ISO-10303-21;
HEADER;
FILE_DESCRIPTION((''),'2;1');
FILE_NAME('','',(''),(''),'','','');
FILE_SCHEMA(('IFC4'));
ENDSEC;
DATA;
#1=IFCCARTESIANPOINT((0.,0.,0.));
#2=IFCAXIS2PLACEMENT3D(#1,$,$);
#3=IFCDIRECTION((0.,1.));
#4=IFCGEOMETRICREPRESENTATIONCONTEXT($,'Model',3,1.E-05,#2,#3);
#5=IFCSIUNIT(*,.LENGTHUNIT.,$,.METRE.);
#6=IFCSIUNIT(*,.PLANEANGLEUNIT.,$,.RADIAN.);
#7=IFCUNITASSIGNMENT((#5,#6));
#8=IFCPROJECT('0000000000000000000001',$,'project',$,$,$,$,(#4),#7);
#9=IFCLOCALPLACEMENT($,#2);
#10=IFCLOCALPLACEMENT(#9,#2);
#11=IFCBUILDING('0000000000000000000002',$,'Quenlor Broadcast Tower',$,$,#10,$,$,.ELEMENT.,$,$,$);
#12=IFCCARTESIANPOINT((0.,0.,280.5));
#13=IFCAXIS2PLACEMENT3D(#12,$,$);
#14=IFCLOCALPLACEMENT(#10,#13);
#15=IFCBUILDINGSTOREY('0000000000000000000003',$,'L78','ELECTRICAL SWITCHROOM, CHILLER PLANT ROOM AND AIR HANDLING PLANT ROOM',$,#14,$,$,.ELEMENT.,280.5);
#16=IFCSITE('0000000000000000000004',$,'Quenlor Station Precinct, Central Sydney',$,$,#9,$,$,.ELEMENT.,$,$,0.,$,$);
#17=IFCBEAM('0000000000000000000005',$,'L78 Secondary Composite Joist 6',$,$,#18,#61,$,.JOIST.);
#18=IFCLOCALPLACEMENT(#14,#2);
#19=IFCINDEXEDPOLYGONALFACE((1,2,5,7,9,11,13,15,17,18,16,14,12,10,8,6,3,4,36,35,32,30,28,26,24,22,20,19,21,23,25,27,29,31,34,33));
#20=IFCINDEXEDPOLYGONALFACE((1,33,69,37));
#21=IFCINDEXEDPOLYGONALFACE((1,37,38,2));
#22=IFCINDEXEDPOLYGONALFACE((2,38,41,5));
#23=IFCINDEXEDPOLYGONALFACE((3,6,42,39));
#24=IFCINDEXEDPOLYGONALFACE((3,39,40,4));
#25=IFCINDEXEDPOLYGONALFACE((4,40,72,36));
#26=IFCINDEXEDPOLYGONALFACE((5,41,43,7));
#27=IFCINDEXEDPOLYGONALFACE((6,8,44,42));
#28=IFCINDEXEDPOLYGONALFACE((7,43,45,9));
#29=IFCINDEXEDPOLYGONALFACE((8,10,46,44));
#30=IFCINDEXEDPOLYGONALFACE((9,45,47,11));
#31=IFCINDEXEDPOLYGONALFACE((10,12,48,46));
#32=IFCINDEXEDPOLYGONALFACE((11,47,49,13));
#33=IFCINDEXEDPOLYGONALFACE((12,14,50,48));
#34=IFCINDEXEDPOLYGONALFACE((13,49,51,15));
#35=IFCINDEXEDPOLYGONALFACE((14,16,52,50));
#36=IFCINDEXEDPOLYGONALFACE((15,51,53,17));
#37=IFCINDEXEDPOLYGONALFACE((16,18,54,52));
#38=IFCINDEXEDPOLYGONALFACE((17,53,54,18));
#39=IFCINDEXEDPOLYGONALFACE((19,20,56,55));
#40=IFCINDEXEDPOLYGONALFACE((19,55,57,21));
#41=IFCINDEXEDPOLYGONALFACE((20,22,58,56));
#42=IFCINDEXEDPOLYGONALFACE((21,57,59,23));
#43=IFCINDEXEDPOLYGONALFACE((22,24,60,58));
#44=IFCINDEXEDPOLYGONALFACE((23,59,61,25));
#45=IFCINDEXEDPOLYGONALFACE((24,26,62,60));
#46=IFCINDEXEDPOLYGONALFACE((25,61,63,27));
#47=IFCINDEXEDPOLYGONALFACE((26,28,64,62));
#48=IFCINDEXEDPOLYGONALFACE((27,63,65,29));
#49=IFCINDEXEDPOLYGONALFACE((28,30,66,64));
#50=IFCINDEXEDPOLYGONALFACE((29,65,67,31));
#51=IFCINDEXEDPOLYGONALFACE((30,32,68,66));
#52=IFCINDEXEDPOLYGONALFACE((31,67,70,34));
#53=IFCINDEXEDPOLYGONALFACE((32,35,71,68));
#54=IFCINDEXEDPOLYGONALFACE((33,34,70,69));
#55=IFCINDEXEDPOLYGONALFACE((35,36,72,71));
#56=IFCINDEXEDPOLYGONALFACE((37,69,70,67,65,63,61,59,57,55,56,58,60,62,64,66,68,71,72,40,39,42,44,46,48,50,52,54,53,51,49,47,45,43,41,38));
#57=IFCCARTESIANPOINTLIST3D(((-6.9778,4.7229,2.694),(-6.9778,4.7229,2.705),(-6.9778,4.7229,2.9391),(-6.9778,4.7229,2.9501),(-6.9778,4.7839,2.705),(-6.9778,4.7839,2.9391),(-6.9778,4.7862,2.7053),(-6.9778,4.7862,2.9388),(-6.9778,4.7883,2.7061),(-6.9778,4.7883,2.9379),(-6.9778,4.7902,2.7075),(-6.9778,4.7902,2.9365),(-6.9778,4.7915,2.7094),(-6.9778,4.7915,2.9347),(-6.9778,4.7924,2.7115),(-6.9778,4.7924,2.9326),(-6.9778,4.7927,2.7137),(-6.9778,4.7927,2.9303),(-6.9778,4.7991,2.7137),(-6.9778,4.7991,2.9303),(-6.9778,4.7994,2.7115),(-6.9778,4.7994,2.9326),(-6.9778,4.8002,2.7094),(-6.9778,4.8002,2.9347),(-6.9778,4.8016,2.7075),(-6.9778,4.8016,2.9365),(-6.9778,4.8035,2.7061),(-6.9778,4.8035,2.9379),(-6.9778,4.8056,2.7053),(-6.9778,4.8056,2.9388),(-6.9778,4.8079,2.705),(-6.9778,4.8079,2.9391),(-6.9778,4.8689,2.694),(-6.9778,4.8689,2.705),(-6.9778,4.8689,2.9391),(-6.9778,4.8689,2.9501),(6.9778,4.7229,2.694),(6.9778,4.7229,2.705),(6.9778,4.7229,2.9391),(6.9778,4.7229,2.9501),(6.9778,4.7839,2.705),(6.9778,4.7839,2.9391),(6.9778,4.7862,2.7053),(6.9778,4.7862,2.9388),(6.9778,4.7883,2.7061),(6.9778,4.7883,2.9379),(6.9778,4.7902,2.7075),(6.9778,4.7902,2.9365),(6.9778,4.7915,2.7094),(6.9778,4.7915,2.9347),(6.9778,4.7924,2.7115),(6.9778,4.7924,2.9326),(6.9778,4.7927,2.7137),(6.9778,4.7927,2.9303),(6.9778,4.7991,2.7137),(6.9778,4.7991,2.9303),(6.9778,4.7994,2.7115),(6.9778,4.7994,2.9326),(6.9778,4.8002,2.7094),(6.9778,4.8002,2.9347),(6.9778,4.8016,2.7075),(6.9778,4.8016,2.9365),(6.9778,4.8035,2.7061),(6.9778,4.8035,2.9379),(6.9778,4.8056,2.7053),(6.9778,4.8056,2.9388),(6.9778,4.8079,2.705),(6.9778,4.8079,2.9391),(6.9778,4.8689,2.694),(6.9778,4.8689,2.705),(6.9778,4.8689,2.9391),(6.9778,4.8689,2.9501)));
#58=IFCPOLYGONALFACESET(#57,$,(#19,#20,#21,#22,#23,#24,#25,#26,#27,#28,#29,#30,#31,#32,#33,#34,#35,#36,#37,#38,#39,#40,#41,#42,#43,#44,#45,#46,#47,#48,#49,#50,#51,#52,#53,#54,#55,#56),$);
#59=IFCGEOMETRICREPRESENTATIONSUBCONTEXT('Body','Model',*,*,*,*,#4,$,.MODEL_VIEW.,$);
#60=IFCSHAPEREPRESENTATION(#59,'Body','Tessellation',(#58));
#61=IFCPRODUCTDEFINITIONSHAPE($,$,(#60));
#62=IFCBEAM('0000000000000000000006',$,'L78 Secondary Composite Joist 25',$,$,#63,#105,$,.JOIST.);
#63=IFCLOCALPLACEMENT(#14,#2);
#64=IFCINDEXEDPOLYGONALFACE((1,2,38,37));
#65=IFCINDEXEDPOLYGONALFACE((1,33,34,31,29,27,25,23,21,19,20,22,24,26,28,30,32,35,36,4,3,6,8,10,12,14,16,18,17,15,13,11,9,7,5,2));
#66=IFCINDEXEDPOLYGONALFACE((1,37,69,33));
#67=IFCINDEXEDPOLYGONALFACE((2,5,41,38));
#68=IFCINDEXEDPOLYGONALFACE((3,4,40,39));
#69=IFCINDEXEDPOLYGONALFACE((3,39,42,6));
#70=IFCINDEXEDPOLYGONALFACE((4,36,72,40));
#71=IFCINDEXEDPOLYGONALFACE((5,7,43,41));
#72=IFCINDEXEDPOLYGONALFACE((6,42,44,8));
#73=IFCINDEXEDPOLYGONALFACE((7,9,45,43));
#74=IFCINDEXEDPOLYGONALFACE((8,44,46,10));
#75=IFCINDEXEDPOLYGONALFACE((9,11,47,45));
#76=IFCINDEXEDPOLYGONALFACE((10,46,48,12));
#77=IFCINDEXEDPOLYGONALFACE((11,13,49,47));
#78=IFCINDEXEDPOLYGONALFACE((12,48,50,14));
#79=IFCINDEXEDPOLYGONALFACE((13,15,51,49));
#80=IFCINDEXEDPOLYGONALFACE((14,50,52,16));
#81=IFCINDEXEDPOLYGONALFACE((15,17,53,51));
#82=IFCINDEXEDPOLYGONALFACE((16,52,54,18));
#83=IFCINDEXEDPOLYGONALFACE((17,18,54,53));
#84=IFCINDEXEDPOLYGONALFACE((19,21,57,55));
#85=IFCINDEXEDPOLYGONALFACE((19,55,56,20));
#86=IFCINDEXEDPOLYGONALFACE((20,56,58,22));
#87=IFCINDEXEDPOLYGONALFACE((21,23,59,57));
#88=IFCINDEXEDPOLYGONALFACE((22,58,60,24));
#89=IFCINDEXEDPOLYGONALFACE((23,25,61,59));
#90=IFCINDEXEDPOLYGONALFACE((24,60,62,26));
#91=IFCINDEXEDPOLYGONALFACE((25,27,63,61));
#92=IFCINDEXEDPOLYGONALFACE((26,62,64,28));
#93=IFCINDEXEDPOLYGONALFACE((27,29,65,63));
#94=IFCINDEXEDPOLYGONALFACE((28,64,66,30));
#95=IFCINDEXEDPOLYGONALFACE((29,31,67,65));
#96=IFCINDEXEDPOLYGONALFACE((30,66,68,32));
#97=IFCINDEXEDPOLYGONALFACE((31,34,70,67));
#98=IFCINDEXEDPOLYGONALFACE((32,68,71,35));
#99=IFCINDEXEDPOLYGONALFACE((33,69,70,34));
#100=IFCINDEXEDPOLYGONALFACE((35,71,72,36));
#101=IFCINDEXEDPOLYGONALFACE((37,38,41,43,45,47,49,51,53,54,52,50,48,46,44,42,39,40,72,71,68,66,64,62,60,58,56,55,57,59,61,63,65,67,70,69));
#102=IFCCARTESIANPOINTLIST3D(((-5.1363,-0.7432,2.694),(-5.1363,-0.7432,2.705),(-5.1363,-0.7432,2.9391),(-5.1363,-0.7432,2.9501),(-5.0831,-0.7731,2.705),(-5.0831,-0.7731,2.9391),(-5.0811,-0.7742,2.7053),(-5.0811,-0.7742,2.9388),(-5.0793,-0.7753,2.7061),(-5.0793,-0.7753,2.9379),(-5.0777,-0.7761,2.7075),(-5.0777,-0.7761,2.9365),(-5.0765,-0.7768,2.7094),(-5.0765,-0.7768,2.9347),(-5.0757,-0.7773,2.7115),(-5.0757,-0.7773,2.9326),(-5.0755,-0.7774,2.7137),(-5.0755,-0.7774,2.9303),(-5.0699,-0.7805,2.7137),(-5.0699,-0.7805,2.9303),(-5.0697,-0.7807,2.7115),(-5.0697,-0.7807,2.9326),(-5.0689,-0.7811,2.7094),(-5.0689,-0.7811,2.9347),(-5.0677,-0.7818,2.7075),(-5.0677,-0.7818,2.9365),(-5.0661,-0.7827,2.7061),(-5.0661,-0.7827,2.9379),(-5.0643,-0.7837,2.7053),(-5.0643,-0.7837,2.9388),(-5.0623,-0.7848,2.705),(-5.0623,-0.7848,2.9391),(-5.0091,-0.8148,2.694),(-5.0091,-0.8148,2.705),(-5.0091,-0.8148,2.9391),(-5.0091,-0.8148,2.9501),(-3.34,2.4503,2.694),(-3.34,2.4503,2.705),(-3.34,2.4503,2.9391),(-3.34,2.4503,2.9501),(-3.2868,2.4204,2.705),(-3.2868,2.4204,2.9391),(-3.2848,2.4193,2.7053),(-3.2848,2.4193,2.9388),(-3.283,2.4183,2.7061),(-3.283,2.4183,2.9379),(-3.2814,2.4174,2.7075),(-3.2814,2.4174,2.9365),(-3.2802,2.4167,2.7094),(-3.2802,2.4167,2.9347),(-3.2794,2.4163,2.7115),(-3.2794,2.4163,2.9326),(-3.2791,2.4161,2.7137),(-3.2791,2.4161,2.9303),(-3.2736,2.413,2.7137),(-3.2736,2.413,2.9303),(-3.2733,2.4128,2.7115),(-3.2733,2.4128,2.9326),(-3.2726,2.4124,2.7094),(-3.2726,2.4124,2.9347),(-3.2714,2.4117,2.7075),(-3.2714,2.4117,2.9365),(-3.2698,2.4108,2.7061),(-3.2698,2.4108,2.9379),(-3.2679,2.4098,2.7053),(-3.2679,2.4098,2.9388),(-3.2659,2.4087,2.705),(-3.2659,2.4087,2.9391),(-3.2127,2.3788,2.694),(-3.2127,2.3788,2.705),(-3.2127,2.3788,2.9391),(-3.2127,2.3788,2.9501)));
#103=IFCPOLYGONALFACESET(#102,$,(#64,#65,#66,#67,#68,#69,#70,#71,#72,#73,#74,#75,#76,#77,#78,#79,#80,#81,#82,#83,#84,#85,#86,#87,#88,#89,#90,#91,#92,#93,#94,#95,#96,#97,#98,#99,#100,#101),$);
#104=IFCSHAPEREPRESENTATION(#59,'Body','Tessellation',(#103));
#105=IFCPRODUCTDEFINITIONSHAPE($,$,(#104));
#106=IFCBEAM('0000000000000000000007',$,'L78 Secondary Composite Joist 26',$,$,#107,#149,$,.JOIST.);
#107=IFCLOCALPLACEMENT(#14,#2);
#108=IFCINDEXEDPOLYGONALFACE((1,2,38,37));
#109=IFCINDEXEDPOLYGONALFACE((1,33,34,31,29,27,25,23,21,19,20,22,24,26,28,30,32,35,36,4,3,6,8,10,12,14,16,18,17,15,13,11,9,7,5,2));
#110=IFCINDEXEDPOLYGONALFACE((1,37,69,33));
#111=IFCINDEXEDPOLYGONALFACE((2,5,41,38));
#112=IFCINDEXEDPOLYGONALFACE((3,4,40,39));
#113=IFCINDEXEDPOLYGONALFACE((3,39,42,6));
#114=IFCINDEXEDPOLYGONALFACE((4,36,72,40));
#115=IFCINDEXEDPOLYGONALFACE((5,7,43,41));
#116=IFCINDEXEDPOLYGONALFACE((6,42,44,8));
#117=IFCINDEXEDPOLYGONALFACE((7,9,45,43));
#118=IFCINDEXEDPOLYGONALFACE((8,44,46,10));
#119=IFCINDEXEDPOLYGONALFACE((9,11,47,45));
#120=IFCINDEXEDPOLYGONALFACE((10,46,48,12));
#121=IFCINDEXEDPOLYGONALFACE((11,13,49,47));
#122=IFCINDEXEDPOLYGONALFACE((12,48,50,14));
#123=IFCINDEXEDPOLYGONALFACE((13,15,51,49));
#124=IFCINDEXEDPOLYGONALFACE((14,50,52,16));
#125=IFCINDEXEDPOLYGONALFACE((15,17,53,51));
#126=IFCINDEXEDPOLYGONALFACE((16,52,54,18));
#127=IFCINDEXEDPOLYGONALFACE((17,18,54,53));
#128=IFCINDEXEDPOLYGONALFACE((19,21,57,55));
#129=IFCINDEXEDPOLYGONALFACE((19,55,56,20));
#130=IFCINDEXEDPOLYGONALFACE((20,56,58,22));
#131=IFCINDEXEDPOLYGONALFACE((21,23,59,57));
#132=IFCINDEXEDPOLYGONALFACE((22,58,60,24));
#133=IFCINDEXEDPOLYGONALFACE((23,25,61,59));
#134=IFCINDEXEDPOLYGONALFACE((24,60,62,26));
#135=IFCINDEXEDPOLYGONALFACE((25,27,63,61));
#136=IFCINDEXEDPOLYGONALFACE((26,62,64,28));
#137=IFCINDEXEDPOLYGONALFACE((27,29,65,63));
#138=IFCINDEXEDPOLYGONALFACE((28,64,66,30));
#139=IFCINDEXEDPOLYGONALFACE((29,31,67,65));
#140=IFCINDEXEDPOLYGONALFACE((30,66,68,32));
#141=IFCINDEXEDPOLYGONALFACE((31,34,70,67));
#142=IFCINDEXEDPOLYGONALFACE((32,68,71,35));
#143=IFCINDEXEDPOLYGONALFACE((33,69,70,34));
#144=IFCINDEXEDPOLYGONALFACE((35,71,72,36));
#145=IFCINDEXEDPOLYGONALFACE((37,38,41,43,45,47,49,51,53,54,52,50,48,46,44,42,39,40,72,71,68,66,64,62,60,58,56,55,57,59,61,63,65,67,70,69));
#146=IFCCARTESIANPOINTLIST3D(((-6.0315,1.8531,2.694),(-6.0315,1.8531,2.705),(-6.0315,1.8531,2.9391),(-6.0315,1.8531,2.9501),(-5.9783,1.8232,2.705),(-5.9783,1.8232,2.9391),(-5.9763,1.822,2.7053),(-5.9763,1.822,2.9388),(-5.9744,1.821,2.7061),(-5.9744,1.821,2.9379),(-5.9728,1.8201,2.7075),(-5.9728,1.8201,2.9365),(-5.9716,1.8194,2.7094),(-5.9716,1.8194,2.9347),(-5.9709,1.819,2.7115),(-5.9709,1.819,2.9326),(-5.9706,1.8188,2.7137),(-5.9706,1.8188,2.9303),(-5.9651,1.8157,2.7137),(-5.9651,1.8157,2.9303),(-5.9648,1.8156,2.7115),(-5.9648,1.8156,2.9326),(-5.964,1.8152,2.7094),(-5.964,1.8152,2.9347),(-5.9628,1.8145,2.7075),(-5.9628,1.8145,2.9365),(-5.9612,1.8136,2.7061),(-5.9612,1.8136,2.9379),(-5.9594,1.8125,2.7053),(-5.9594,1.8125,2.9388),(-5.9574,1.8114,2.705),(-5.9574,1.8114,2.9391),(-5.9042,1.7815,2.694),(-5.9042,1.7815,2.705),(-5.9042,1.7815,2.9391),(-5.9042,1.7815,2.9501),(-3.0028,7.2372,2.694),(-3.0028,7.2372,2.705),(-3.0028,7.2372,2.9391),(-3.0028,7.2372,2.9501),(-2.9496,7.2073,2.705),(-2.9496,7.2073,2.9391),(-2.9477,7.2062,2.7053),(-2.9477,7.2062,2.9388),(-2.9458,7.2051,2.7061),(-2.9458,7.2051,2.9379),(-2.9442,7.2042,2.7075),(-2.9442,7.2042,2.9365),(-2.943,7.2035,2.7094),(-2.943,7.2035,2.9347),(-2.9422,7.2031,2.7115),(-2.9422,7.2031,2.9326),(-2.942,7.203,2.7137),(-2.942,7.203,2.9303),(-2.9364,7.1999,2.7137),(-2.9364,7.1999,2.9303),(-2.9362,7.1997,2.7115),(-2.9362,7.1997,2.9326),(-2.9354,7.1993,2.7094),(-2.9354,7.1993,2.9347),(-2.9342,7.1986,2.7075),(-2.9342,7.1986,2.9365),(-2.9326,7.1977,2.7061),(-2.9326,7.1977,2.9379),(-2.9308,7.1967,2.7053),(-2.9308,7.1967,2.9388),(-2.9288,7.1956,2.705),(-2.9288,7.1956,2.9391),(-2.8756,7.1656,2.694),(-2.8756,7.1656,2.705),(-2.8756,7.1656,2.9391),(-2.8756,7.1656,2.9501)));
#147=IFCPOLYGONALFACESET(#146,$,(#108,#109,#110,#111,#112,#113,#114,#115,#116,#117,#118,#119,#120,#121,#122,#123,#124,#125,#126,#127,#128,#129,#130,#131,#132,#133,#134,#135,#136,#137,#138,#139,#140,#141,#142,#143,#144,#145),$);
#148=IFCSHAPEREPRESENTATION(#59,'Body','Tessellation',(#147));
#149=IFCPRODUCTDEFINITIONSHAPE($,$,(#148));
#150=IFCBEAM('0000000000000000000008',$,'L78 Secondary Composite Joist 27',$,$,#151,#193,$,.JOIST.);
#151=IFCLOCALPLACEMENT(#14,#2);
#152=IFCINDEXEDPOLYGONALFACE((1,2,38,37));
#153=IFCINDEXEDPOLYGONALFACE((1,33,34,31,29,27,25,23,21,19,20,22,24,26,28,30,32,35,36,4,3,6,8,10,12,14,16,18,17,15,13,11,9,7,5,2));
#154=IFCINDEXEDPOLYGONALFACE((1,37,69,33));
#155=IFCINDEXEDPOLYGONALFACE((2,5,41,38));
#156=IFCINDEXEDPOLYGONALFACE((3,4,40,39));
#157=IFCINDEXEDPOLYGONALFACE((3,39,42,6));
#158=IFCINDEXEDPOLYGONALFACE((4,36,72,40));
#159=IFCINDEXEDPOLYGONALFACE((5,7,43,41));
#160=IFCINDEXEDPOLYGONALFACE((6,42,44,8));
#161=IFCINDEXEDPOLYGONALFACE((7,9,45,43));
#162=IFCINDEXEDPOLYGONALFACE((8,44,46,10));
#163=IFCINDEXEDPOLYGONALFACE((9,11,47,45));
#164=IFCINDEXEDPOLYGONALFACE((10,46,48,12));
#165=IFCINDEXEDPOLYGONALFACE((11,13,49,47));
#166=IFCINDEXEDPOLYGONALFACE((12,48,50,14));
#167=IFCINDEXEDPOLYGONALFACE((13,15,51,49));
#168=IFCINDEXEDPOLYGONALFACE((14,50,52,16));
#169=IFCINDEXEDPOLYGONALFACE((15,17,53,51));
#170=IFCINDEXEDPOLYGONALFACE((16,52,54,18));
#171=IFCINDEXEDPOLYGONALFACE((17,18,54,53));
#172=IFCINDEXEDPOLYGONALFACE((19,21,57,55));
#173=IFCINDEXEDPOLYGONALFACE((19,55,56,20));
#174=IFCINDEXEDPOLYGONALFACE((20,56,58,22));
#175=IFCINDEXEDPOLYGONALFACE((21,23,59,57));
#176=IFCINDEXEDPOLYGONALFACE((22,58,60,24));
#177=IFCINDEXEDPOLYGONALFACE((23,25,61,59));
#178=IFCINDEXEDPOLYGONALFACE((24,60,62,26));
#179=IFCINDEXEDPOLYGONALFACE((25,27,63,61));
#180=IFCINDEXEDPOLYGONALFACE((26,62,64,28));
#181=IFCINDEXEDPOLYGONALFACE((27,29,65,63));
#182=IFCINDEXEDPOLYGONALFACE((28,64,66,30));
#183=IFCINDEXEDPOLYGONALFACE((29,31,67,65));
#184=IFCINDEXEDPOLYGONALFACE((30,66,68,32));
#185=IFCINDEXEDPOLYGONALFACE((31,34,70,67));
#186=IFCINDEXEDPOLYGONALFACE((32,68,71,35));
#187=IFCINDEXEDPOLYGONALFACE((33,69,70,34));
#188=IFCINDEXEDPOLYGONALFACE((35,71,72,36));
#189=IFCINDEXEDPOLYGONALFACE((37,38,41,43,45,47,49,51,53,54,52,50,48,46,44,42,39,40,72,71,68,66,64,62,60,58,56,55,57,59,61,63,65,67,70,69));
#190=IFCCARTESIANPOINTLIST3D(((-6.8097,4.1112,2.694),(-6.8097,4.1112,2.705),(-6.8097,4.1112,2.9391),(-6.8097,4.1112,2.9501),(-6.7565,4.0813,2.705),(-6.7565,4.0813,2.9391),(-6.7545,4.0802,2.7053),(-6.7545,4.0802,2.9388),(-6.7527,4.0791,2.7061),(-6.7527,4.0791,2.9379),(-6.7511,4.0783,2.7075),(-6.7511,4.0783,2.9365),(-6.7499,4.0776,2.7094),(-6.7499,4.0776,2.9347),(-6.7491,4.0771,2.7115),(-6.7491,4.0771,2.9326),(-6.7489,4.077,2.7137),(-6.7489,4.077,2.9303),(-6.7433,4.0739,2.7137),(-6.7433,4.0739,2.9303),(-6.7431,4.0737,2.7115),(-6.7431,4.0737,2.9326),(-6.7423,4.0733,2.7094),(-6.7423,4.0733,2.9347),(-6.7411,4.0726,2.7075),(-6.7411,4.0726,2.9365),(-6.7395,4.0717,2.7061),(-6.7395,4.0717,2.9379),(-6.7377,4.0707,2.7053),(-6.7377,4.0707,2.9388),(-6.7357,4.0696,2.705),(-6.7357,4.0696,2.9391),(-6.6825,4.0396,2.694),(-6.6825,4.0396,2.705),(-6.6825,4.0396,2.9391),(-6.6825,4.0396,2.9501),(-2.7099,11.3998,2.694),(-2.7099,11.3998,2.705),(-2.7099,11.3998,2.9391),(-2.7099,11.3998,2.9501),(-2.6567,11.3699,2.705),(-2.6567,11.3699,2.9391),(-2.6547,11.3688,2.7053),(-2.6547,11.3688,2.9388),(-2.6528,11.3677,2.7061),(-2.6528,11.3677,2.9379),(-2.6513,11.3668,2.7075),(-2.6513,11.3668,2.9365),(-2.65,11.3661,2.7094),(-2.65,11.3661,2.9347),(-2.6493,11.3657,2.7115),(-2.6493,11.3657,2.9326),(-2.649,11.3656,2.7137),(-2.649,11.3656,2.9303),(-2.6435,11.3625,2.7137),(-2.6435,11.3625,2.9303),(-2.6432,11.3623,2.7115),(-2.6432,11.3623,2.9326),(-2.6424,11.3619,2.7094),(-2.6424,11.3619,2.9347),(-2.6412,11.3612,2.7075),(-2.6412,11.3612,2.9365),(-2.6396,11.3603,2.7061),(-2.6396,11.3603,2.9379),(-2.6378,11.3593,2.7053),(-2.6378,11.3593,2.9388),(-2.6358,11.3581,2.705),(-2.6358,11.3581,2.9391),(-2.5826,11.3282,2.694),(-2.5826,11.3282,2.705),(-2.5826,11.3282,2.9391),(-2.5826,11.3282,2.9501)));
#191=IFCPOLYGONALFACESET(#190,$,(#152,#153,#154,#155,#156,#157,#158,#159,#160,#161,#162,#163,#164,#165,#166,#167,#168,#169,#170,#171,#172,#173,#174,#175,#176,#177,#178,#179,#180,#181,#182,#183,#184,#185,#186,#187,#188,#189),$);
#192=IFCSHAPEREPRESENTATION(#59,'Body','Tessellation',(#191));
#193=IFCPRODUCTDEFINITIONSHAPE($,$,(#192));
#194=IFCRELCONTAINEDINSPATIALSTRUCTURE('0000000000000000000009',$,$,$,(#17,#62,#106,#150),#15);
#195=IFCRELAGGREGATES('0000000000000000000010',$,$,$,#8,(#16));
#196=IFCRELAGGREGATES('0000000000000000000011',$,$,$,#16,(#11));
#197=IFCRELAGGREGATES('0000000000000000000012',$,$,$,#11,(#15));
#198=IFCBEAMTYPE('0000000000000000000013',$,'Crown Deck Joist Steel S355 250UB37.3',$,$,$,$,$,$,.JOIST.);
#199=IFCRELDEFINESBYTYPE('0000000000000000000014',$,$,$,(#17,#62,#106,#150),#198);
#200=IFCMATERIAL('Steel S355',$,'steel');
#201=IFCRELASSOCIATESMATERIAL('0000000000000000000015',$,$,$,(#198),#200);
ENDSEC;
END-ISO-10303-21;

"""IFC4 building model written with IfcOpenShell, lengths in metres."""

from ifc_helpers import new_model, si_unit, direction, frame, origin, origin_2d, place, context, subcontext, project, spatial, i_section, extrude, material, material_profile, profile_set, type_object, element, save


model = new_model("IFC4")

# Units and contexts
model_context = context("Model", 3, precision=1e-05, world=origin(), true_north=direction((0.0, 1.0)))
body_context = subcontext(model_context, "Body", "Model", "MODEL_VIEW")
ifc_project = project(units=[si_unit("LENGTHUNIT", "METRE"), si_unit("PLANEANGLEUNIT", "RADIAN")], contexts=[model_context])

# Site, building, storey
site_placement = place(None, origin())
site = spatial("IfcSite", under=ifc_project, at=site_placement, Name="Quenlor Station Precinct, Central Sydney", CompositionType="ELEMENT", RefElevation=0.0)
building_placement = place(site_placement, origin())
building = spatial("IfcBuilding", under=site, at=building_placement, Name="Quenlor Broadcast Tower", CompositionType="ELEMENT")
storey_placement = place(building_placement, frame((0.0, 0.0, 280.5)))
storey = spatial("IfcBuildingStorey", under=building, at=storey_placement, Name="L78", Description="ELECTRICAL SWITCHROOM, CHILLER PLANT ROOM AND AIR HANDLING PLANT ROOM", CompositionType="ELEMENT", Elevation=280.5)

# Beams
ifc_material_1 = material(Name="Steel S355", Category="steel")
ifc_material_profile_1 = material_profile(ifc_material_1, i_section(OverallWidth=0.146, OverallDepth=0.2561, WebThickness=0.0063, FlangeThickness=0.011, FilletRadius=0.0088, at=origin_2d()))
ifc_profile_set_1 = profile_set([ifc_material_profile_1], Name="Steel S355 250UB37.3")
beam_type_1 = type_object("IfcBeamType", Name="Crown Deck Joist Steel S355 250UB37.3", PredefinedType="JOIST", material=ifc_profile_set_1)
beam_1_placement = place(storey_placement, frame((-6.9778, 4.7959, 2.822), z_axis=(1.0, 0.0, 0.0), x_axis=(0.0, 1.0, 0.0)))
element("IfcBeam", 1, at=beam_1_placement, inside=storey, type_object=beam_type_1, Name="L78 Secondary Composite Joist 6", PredefinedType="JOIST", context=body_context, shape_type="SweptSolid", body=[
    extrude(i_section(OverallWidth=0.146, OverallDepth=0.2561, WebThickness=0.0063, FlangeThickness=0.011, FilletRadius=0.0088, at=origin_2d()), origin(), (0.0, 0.0, 1.0), 13.9556),
])
beam_2_placement = place(storey_placement, frame((-3.2764, 2.4146, 2.822), z_axis=(-0.490258, -0.871577, 0.0), x_axis=(0.871577, -0.490258, 0.0)))
element("IfcBeam", 2, at=beam_2_placement, inside=storey, type_object=beam_type_1, Name="L78 Secondary Composite Joist 25", PredefinedType="JOIST", context=body_context, shape_type="SweptSolid", body=[
    extrude(i_section(OverallWidth=0.146, OverallDepth=0.2561, WebThickness=0.0063, FlangeThickness=0.011, FilletRadius=0.0088, at=origin_2d()), origin(), (0.0, 0.0, 1.0), 3.6641),
])
beam_3_placement = place(storey_placement, frame((-2.9392, 7.2014, 2.822), z_axis=(-0.490267, -0.871572, 0.0), x_axis=(0.871572, -0.490267, 0.0)))
element("IfcBeam", 3, at=beam_3_placement, inside=storey, type_object=beam_type_1, Name="L78 Secondary Composite Joist 26", PredefinedType="JOIST", context=body_context, shape_type="SweptSolid", body=[
    extrude(i_section(OverallWidth=0.146, OverallDepth=0.2561, WebThickness=0.0063, FlangeThickness=0.011, FilletRadius=0.0088, at=origin_2d()), origin(), (0.0, 0.0, 1.0), 6.1775),
])
beam_4_placement = place(storey_placement, frame((-2.6462, 11.364, 2.822), z_axis=(-0.490264, -0.871574, 0.0), x_axis=(0.871574, -0.490264, 0.0)))
element("IfcBeam", 4, at=beam_4_placement, inside=storey, type_object=beam_type_1, Name="L78 Secondary Composite Joist 27", PredefinedType="JOIST", context=body_context, shape_type="SweptSolid", body=[
    extrude(i_section(OverallWidth=0.146, OverallDepth=0.2561, WebThickness=0.0063, FlangeThickness=0.011, FilletRadius=0.0088, at=origin_2d()), origin(), (0.0, 0.0, 1.0), 8.3625),
])

save(model, "model.ifc")
